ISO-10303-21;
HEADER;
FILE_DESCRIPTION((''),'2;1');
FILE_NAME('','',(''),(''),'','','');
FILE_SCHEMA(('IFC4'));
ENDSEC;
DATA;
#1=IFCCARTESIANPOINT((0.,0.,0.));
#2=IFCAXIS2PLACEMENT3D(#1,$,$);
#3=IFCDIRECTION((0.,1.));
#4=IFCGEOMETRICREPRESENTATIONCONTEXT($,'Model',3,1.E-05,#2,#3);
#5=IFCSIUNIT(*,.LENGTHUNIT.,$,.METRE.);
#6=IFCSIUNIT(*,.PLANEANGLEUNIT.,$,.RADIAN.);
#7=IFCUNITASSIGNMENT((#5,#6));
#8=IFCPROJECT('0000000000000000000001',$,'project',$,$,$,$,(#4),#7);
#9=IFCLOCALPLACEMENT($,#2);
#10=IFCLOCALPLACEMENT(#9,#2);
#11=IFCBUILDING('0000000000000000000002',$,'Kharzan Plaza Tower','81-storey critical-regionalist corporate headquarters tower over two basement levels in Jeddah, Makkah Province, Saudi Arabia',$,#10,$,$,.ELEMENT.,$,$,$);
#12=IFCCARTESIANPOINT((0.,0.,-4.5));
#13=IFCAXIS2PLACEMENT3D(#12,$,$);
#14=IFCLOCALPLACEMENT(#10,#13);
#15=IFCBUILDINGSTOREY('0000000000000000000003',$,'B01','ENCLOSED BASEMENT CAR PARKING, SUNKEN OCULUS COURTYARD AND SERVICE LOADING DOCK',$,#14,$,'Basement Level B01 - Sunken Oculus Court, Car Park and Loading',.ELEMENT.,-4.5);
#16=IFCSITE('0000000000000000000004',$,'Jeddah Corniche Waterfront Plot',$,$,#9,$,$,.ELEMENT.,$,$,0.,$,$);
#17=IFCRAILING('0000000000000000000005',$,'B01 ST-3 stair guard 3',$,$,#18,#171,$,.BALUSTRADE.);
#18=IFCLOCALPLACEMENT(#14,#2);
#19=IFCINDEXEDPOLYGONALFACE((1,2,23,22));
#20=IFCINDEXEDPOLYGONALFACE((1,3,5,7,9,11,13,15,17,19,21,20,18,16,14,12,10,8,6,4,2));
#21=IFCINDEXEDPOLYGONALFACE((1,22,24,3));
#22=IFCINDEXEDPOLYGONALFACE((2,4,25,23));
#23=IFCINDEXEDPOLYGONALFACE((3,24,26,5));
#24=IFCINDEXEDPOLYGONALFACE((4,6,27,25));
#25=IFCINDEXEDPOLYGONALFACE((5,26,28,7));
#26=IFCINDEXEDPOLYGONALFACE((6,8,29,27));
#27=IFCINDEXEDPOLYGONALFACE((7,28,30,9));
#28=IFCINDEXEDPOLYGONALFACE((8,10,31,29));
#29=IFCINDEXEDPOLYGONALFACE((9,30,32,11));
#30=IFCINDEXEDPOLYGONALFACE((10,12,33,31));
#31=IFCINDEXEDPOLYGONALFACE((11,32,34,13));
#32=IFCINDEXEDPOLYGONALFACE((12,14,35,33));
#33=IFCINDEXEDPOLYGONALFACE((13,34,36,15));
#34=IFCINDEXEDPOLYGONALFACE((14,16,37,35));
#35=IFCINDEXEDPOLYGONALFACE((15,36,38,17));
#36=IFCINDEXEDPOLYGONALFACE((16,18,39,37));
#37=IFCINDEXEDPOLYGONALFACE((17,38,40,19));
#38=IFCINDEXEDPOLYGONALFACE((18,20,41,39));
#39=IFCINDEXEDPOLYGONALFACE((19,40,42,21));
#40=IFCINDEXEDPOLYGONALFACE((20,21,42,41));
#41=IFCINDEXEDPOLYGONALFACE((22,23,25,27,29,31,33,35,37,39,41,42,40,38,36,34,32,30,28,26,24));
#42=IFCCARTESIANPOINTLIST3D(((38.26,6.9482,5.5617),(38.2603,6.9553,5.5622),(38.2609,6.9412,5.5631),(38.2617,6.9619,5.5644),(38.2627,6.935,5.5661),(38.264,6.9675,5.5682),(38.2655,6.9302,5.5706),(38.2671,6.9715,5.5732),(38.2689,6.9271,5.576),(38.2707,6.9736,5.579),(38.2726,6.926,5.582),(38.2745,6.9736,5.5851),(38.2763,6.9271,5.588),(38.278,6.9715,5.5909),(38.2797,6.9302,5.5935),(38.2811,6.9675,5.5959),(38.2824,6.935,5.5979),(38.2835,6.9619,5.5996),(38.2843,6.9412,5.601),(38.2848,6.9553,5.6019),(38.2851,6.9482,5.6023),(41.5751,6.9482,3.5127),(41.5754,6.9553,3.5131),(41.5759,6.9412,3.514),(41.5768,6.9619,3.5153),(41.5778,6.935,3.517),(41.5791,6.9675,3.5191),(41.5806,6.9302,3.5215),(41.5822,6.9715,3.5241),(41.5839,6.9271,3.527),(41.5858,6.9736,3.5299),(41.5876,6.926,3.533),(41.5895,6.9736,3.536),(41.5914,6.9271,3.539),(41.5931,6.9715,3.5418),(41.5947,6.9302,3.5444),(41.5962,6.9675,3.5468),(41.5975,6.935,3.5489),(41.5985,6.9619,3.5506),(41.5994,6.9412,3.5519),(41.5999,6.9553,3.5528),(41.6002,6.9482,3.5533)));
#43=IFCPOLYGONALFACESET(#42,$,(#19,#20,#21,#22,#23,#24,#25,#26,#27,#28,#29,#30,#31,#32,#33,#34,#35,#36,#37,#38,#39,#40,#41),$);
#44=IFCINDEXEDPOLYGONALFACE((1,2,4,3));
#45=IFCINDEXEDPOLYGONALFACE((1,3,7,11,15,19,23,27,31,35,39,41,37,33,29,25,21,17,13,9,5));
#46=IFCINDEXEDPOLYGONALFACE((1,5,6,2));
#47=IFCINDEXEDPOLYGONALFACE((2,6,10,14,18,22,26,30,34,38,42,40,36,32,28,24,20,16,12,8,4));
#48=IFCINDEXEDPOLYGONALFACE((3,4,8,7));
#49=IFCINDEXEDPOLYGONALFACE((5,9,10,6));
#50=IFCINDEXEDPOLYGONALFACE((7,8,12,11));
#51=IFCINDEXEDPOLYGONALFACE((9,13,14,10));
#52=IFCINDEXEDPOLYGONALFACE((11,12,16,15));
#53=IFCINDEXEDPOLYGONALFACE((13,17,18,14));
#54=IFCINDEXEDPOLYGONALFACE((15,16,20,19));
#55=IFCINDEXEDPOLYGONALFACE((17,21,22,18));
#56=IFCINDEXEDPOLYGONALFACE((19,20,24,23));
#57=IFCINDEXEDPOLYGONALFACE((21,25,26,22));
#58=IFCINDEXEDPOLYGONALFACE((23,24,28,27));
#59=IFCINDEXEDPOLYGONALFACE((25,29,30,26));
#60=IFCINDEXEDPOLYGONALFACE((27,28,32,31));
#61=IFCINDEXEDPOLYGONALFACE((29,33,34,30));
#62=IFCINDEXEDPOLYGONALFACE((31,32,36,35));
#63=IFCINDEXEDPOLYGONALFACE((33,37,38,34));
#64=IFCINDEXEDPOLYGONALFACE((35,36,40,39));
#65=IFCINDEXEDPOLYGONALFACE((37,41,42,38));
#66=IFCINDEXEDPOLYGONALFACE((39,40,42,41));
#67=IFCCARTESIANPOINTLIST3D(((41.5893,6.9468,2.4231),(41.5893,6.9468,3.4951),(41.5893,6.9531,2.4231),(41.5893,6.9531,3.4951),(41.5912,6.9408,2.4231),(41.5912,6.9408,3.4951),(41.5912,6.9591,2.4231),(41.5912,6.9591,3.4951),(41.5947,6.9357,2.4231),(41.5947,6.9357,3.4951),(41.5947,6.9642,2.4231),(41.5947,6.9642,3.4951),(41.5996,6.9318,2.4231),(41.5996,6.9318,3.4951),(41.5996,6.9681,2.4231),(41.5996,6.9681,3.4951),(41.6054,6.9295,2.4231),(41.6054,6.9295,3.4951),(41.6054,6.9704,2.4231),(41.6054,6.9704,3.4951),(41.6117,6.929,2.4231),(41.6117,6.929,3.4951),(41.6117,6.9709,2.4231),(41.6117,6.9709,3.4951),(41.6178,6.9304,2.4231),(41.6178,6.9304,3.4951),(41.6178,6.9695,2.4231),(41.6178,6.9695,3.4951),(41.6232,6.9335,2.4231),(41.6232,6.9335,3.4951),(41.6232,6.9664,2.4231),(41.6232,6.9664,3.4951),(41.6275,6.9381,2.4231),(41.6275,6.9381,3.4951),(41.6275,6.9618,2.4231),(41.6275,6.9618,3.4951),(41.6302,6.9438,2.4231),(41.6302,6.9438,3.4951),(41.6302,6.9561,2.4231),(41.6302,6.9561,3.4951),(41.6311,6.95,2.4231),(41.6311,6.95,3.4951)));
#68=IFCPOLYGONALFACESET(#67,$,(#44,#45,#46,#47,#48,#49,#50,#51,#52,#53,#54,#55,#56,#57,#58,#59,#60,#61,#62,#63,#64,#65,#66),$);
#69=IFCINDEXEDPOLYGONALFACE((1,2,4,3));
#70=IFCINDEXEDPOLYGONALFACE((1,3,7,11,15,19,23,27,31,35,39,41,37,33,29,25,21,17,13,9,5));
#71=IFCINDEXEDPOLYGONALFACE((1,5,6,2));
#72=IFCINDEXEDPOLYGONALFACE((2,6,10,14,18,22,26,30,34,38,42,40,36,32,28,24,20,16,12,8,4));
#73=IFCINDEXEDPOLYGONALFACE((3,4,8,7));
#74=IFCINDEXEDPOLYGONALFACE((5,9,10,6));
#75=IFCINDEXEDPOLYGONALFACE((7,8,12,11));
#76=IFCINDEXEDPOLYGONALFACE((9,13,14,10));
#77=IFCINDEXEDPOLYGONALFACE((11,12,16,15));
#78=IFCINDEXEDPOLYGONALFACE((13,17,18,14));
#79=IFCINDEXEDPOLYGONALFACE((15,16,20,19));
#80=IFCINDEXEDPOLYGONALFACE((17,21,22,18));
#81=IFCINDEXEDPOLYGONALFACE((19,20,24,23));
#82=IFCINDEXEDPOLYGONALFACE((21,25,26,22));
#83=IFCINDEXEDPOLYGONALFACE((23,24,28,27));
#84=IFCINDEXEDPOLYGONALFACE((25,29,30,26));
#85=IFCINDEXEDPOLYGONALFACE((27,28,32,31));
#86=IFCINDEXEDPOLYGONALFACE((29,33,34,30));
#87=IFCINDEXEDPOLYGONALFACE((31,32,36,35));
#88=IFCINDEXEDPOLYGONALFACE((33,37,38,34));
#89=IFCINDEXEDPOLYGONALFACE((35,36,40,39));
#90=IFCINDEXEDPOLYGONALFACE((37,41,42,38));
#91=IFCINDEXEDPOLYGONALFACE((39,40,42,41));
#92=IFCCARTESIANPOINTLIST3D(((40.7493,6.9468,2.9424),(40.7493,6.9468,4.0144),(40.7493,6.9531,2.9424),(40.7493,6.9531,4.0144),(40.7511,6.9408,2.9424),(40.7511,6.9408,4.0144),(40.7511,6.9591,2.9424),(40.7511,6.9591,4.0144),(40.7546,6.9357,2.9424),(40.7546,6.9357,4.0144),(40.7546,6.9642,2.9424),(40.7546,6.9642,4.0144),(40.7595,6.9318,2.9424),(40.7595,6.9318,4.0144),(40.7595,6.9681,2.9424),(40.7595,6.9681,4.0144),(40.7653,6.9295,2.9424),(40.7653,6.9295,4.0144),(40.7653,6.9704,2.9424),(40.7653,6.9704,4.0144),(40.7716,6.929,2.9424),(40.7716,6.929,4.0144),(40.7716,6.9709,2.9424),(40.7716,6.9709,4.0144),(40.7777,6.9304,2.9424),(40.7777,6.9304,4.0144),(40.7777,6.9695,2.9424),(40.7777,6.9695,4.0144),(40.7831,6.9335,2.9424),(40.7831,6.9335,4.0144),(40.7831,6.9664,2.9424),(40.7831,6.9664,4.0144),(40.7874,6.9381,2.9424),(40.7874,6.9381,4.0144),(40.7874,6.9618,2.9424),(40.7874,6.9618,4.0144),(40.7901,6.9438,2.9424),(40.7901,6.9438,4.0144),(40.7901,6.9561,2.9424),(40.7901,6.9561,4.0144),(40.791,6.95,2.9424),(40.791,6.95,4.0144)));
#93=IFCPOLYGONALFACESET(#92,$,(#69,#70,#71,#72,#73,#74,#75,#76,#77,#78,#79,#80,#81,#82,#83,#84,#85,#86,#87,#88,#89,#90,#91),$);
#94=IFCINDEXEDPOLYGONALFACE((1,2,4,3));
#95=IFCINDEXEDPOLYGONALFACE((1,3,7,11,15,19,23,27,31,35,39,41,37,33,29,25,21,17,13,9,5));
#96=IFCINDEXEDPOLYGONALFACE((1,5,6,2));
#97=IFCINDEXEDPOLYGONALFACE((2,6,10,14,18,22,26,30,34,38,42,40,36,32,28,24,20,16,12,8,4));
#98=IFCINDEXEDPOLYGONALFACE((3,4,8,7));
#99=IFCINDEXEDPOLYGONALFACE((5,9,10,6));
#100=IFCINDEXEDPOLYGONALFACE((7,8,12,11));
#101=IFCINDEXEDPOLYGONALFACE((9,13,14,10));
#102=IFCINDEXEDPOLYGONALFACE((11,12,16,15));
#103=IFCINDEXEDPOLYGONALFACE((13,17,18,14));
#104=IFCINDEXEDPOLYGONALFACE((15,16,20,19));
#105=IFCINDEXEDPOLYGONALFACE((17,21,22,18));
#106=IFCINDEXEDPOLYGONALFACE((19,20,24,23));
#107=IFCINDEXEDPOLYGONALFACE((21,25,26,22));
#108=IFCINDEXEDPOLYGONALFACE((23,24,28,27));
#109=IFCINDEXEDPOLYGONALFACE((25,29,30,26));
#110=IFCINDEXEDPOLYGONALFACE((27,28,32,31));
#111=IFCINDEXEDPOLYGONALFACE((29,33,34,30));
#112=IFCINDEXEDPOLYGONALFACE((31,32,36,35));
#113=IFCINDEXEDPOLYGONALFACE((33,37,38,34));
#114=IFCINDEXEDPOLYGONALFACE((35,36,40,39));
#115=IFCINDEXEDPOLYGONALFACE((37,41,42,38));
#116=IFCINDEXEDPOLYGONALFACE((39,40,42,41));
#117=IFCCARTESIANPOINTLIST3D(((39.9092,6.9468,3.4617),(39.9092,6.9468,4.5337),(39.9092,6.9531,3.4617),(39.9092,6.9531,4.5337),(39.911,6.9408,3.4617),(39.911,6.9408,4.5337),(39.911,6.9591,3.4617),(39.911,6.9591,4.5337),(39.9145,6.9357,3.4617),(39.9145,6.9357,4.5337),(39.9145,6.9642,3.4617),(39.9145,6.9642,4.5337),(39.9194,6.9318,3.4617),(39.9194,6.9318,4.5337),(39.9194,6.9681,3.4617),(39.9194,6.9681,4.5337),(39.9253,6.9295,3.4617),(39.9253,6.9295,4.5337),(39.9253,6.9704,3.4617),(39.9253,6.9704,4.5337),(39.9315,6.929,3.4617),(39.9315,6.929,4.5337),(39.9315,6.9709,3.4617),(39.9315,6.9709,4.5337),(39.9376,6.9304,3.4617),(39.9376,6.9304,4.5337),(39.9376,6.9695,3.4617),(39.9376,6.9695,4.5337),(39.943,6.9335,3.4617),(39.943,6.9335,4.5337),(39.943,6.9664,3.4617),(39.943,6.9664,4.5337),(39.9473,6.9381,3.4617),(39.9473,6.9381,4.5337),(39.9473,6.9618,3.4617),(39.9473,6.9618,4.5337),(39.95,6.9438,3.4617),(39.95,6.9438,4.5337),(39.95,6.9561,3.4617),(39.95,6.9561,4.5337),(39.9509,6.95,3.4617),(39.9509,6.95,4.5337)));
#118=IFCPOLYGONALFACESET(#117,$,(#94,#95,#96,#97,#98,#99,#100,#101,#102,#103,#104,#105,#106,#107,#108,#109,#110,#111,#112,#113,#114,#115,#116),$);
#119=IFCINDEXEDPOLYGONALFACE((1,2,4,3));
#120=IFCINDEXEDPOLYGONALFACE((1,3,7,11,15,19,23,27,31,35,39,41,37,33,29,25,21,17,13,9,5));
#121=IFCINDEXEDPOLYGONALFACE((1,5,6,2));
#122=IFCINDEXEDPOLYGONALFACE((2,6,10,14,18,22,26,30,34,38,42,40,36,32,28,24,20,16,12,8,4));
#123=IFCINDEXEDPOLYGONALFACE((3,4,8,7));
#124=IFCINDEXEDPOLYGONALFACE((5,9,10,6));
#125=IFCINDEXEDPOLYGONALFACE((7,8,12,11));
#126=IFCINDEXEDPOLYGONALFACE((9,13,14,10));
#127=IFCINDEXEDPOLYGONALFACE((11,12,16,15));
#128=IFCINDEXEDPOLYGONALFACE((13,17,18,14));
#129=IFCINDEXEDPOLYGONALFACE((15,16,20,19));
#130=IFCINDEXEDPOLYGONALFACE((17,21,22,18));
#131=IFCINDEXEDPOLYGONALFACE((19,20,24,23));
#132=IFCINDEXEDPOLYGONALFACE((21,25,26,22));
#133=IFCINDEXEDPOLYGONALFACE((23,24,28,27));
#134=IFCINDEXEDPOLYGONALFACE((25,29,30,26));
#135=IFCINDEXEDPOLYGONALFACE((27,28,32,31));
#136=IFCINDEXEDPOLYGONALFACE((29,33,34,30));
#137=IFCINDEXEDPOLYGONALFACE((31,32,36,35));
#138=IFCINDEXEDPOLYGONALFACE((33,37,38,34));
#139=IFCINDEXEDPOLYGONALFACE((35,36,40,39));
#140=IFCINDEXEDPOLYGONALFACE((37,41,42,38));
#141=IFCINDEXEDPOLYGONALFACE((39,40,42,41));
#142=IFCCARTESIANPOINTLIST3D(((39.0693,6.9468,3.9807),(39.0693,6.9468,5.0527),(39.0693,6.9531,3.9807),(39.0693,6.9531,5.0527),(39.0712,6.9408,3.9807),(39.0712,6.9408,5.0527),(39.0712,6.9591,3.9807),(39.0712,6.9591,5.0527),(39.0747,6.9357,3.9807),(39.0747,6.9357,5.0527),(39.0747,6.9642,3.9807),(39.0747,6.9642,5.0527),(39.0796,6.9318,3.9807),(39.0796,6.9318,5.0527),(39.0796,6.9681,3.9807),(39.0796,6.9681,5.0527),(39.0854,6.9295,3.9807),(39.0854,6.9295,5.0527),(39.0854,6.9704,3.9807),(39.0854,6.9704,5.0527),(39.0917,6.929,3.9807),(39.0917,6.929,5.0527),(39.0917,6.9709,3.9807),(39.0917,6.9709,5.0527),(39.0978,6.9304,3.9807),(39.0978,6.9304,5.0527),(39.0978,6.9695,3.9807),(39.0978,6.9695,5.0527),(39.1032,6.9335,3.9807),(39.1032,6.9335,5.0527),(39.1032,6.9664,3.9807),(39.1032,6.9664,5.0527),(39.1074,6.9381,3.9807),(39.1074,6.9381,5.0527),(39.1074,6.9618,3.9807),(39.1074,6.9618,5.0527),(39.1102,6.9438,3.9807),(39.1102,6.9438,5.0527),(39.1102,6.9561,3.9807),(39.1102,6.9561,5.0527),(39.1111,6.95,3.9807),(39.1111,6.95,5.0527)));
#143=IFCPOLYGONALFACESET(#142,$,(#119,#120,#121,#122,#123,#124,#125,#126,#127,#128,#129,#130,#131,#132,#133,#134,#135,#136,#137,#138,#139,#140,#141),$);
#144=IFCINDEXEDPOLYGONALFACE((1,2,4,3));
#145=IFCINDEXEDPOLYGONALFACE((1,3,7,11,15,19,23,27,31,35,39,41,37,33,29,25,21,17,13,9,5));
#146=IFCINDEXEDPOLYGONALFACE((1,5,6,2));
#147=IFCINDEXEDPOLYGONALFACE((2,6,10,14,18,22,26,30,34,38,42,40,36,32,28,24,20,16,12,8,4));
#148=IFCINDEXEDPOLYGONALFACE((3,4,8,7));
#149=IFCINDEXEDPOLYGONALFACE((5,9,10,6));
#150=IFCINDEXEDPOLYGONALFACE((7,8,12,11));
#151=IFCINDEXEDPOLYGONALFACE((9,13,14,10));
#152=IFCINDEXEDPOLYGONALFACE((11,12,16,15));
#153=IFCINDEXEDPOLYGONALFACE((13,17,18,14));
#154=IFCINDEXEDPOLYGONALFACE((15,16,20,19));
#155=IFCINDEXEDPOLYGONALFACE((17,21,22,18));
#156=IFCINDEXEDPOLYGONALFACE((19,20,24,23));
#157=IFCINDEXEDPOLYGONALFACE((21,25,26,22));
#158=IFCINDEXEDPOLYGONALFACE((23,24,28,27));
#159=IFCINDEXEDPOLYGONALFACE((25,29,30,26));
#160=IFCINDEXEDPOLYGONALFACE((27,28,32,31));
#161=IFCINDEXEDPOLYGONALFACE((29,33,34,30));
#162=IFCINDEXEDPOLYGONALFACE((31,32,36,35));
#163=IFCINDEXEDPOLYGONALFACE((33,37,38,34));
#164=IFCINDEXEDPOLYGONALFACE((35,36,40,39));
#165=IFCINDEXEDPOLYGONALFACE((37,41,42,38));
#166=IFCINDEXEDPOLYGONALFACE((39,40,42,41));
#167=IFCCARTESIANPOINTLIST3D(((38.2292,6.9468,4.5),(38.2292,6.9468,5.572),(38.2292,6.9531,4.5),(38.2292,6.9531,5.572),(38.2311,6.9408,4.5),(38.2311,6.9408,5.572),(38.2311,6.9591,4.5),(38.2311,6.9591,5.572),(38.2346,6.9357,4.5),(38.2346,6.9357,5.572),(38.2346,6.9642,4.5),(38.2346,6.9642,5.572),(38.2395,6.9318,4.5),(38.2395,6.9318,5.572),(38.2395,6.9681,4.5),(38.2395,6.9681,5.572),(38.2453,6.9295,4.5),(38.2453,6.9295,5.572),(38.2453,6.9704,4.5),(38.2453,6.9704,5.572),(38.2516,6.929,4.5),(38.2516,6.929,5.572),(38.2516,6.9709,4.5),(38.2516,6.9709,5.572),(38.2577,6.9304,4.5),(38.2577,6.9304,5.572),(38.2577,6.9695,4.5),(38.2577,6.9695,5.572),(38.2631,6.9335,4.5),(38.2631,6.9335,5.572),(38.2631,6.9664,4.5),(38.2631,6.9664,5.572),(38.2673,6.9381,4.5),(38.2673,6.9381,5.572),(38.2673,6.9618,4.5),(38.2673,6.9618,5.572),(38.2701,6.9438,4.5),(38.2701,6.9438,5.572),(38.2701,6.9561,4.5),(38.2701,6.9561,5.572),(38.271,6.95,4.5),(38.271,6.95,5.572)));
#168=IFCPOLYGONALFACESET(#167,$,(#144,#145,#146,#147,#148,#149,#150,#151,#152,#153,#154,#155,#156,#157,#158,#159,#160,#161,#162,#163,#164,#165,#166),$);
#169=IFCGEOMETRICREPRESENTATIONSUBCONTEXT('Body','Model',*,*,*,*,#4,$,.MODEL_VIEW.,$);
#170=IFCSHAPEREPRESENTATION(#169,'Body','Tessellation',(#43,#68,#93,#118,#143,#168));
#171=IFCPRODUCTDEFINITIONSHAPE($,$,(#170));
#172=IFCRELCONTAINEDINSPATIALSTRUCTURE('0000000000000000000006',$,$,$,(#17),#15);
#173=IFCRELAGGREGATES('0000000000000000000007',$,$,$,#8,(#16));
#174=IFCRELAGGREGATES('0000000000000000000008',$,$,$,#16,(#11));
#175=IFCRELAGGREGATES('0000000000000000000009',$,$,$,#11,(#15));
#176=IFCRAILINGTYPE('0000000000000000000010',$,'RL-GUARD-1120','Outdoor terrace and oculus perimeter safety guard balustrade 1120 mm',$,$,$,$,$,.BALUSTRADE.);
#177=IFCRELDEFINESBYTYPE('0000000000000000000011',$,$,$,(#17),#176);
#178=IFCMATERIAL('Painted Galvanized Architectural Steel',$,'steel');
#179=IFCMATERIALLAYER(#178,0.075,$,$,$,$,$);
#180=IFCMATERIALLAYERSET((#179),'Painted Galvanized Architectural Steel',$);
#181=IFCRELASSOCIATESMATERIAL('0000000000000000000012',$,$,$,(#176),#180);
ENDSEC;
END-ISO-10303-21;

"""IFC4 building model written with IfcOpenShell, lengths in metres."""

from ifc_helpers import new_model, si_unit, direction, frame, origin, origin_2d, place, context, subcontext, project, spatial, circle, extrude, source, transform, mapped, material, layer, layer_set, type_object, element, save


model = new_model("IFC4")

# Units and contexts
model_context = context("Model", 3, precision=1e-05, world=origin(), true_north=direction((0.0, 1.0)))
body_context = subcontext(model_context, "Body", "Model", "MODEL_VIEW")
ifc_project = project(units=[si_unit("LENGTHUNIT", "METRE"), si_unit("PLANEANGLEUNIT", "RADIAN")], contexts=[model_context])

# Site, building, storey
site_placement = place(None, origin())
site = spatial("IfcSite", under=ifc_project, at=site_placement, Name="Jeddah Corniche Waterfront Plot", CompositionType="ELEMENT", RefElevation=0.0)
building_placement = place(site_placement, origin())
building = spatial("IfcBuilding", under=site, at=building_placement, Name="Kharzan Plaza Tower", Description="81-storey critical-regionalist corporate headquarters tower over two basement levels in Jeddah, Makkah Province, Saudi Arabia", CompositionType="ELEMENT")
storey_placement = place(building_placement, frame((0.0, 0.0, -4.5)))
storey = spatial("IfcBuildingStorey", under=building, at=storey_placement, Name="B01", Description="ENCLOSED BASEMENT CAR PARKING, SUNKEN OCULUS COURTYARD AND SERVICE LOADING DOCK", LongName="Basement Level B01 - Sunken Oculus Court, Car Park and Loading", CompositionType="ELEMENT", Elevation=-4.5)

# Railing
ifc_material_1 = material(Name="Painted Galvanized Architectural Steel", Category="steel")
ifc_layer_1 = layer(ifc_material_1, 0.075)
ifc_layer_set_1 = layer_set([ifc_layer_1], Name="Painted Galvanized Architectural Steel")
railing_type_1 = type_object("IfcRailingType", Name="RL-GUARD-1120", Description="Outdoor terrace and oculus perimeter safety guard balustrade 1120 mm", PredefinedType="BALUSTRADE", material=ifc_layer_set_1)
shared_shape_1 = source(origin(), body_context, "Body", "SweptSolid", [
    extrude(circle(Radius=0.0239, at=origin_2d()), frame((-0.0225, 0.0, 1.1099), z_axis=(-0.850623, 0.0, 0.525776), x_axis=(0.0, -1.0, 0.0)), (0.0, 0.0, 1.0), 3.8972),
    extrude(circle(Radius=0.021, at=origin_2d()), origin(), (0.0, 0.0, 1.0), 1.072),
    extrude(circle(Radius=0.021, at=origin_2d()), frame((-0.8401, 0.0, 0.5193)), (0.0, 0.0, 1.0), 1.072),
    extrude(circle(Radius=0.021, at=origin_2d()), frame((-1.6802, 0.0, 1.0386)), (0.0, 0.0, 1.0), 1.072),
    extrude(circle(Radius=0.021, at=origin_2d()), frame((-2.52, 0.0, 1.5576)), (0.0, 0.0, 1.0), 1.072),
    extrude(circle(Radius=0.021, at=origin_2d()), frame((-3.3601, 0.0, 2.0769)), (0.0, 0.0, 1.0), 1.072),
])
railing_1_placement = place(storey_placement, frame((41.6101, 6.95, 2.4231)))
element("IfcRailing", 1, at=railing_1_placement, inside=storey, type_object=railing_type_1, Name="B01 ST-3 stair guard 3", PredefinedType="BALUSTRADE", context=body_context, shape_type="MappedRepresentation", body=[
    mapped(shared_shape_1, transform((0.0, 0.0, 0.0), x_axis=(1.0, 0.0, 0.0), y_axis=(0.0, 1.0, 0.0), z_axis=(0.0, 0.0, 1.0))),
])

save(model, "model.ifc")
